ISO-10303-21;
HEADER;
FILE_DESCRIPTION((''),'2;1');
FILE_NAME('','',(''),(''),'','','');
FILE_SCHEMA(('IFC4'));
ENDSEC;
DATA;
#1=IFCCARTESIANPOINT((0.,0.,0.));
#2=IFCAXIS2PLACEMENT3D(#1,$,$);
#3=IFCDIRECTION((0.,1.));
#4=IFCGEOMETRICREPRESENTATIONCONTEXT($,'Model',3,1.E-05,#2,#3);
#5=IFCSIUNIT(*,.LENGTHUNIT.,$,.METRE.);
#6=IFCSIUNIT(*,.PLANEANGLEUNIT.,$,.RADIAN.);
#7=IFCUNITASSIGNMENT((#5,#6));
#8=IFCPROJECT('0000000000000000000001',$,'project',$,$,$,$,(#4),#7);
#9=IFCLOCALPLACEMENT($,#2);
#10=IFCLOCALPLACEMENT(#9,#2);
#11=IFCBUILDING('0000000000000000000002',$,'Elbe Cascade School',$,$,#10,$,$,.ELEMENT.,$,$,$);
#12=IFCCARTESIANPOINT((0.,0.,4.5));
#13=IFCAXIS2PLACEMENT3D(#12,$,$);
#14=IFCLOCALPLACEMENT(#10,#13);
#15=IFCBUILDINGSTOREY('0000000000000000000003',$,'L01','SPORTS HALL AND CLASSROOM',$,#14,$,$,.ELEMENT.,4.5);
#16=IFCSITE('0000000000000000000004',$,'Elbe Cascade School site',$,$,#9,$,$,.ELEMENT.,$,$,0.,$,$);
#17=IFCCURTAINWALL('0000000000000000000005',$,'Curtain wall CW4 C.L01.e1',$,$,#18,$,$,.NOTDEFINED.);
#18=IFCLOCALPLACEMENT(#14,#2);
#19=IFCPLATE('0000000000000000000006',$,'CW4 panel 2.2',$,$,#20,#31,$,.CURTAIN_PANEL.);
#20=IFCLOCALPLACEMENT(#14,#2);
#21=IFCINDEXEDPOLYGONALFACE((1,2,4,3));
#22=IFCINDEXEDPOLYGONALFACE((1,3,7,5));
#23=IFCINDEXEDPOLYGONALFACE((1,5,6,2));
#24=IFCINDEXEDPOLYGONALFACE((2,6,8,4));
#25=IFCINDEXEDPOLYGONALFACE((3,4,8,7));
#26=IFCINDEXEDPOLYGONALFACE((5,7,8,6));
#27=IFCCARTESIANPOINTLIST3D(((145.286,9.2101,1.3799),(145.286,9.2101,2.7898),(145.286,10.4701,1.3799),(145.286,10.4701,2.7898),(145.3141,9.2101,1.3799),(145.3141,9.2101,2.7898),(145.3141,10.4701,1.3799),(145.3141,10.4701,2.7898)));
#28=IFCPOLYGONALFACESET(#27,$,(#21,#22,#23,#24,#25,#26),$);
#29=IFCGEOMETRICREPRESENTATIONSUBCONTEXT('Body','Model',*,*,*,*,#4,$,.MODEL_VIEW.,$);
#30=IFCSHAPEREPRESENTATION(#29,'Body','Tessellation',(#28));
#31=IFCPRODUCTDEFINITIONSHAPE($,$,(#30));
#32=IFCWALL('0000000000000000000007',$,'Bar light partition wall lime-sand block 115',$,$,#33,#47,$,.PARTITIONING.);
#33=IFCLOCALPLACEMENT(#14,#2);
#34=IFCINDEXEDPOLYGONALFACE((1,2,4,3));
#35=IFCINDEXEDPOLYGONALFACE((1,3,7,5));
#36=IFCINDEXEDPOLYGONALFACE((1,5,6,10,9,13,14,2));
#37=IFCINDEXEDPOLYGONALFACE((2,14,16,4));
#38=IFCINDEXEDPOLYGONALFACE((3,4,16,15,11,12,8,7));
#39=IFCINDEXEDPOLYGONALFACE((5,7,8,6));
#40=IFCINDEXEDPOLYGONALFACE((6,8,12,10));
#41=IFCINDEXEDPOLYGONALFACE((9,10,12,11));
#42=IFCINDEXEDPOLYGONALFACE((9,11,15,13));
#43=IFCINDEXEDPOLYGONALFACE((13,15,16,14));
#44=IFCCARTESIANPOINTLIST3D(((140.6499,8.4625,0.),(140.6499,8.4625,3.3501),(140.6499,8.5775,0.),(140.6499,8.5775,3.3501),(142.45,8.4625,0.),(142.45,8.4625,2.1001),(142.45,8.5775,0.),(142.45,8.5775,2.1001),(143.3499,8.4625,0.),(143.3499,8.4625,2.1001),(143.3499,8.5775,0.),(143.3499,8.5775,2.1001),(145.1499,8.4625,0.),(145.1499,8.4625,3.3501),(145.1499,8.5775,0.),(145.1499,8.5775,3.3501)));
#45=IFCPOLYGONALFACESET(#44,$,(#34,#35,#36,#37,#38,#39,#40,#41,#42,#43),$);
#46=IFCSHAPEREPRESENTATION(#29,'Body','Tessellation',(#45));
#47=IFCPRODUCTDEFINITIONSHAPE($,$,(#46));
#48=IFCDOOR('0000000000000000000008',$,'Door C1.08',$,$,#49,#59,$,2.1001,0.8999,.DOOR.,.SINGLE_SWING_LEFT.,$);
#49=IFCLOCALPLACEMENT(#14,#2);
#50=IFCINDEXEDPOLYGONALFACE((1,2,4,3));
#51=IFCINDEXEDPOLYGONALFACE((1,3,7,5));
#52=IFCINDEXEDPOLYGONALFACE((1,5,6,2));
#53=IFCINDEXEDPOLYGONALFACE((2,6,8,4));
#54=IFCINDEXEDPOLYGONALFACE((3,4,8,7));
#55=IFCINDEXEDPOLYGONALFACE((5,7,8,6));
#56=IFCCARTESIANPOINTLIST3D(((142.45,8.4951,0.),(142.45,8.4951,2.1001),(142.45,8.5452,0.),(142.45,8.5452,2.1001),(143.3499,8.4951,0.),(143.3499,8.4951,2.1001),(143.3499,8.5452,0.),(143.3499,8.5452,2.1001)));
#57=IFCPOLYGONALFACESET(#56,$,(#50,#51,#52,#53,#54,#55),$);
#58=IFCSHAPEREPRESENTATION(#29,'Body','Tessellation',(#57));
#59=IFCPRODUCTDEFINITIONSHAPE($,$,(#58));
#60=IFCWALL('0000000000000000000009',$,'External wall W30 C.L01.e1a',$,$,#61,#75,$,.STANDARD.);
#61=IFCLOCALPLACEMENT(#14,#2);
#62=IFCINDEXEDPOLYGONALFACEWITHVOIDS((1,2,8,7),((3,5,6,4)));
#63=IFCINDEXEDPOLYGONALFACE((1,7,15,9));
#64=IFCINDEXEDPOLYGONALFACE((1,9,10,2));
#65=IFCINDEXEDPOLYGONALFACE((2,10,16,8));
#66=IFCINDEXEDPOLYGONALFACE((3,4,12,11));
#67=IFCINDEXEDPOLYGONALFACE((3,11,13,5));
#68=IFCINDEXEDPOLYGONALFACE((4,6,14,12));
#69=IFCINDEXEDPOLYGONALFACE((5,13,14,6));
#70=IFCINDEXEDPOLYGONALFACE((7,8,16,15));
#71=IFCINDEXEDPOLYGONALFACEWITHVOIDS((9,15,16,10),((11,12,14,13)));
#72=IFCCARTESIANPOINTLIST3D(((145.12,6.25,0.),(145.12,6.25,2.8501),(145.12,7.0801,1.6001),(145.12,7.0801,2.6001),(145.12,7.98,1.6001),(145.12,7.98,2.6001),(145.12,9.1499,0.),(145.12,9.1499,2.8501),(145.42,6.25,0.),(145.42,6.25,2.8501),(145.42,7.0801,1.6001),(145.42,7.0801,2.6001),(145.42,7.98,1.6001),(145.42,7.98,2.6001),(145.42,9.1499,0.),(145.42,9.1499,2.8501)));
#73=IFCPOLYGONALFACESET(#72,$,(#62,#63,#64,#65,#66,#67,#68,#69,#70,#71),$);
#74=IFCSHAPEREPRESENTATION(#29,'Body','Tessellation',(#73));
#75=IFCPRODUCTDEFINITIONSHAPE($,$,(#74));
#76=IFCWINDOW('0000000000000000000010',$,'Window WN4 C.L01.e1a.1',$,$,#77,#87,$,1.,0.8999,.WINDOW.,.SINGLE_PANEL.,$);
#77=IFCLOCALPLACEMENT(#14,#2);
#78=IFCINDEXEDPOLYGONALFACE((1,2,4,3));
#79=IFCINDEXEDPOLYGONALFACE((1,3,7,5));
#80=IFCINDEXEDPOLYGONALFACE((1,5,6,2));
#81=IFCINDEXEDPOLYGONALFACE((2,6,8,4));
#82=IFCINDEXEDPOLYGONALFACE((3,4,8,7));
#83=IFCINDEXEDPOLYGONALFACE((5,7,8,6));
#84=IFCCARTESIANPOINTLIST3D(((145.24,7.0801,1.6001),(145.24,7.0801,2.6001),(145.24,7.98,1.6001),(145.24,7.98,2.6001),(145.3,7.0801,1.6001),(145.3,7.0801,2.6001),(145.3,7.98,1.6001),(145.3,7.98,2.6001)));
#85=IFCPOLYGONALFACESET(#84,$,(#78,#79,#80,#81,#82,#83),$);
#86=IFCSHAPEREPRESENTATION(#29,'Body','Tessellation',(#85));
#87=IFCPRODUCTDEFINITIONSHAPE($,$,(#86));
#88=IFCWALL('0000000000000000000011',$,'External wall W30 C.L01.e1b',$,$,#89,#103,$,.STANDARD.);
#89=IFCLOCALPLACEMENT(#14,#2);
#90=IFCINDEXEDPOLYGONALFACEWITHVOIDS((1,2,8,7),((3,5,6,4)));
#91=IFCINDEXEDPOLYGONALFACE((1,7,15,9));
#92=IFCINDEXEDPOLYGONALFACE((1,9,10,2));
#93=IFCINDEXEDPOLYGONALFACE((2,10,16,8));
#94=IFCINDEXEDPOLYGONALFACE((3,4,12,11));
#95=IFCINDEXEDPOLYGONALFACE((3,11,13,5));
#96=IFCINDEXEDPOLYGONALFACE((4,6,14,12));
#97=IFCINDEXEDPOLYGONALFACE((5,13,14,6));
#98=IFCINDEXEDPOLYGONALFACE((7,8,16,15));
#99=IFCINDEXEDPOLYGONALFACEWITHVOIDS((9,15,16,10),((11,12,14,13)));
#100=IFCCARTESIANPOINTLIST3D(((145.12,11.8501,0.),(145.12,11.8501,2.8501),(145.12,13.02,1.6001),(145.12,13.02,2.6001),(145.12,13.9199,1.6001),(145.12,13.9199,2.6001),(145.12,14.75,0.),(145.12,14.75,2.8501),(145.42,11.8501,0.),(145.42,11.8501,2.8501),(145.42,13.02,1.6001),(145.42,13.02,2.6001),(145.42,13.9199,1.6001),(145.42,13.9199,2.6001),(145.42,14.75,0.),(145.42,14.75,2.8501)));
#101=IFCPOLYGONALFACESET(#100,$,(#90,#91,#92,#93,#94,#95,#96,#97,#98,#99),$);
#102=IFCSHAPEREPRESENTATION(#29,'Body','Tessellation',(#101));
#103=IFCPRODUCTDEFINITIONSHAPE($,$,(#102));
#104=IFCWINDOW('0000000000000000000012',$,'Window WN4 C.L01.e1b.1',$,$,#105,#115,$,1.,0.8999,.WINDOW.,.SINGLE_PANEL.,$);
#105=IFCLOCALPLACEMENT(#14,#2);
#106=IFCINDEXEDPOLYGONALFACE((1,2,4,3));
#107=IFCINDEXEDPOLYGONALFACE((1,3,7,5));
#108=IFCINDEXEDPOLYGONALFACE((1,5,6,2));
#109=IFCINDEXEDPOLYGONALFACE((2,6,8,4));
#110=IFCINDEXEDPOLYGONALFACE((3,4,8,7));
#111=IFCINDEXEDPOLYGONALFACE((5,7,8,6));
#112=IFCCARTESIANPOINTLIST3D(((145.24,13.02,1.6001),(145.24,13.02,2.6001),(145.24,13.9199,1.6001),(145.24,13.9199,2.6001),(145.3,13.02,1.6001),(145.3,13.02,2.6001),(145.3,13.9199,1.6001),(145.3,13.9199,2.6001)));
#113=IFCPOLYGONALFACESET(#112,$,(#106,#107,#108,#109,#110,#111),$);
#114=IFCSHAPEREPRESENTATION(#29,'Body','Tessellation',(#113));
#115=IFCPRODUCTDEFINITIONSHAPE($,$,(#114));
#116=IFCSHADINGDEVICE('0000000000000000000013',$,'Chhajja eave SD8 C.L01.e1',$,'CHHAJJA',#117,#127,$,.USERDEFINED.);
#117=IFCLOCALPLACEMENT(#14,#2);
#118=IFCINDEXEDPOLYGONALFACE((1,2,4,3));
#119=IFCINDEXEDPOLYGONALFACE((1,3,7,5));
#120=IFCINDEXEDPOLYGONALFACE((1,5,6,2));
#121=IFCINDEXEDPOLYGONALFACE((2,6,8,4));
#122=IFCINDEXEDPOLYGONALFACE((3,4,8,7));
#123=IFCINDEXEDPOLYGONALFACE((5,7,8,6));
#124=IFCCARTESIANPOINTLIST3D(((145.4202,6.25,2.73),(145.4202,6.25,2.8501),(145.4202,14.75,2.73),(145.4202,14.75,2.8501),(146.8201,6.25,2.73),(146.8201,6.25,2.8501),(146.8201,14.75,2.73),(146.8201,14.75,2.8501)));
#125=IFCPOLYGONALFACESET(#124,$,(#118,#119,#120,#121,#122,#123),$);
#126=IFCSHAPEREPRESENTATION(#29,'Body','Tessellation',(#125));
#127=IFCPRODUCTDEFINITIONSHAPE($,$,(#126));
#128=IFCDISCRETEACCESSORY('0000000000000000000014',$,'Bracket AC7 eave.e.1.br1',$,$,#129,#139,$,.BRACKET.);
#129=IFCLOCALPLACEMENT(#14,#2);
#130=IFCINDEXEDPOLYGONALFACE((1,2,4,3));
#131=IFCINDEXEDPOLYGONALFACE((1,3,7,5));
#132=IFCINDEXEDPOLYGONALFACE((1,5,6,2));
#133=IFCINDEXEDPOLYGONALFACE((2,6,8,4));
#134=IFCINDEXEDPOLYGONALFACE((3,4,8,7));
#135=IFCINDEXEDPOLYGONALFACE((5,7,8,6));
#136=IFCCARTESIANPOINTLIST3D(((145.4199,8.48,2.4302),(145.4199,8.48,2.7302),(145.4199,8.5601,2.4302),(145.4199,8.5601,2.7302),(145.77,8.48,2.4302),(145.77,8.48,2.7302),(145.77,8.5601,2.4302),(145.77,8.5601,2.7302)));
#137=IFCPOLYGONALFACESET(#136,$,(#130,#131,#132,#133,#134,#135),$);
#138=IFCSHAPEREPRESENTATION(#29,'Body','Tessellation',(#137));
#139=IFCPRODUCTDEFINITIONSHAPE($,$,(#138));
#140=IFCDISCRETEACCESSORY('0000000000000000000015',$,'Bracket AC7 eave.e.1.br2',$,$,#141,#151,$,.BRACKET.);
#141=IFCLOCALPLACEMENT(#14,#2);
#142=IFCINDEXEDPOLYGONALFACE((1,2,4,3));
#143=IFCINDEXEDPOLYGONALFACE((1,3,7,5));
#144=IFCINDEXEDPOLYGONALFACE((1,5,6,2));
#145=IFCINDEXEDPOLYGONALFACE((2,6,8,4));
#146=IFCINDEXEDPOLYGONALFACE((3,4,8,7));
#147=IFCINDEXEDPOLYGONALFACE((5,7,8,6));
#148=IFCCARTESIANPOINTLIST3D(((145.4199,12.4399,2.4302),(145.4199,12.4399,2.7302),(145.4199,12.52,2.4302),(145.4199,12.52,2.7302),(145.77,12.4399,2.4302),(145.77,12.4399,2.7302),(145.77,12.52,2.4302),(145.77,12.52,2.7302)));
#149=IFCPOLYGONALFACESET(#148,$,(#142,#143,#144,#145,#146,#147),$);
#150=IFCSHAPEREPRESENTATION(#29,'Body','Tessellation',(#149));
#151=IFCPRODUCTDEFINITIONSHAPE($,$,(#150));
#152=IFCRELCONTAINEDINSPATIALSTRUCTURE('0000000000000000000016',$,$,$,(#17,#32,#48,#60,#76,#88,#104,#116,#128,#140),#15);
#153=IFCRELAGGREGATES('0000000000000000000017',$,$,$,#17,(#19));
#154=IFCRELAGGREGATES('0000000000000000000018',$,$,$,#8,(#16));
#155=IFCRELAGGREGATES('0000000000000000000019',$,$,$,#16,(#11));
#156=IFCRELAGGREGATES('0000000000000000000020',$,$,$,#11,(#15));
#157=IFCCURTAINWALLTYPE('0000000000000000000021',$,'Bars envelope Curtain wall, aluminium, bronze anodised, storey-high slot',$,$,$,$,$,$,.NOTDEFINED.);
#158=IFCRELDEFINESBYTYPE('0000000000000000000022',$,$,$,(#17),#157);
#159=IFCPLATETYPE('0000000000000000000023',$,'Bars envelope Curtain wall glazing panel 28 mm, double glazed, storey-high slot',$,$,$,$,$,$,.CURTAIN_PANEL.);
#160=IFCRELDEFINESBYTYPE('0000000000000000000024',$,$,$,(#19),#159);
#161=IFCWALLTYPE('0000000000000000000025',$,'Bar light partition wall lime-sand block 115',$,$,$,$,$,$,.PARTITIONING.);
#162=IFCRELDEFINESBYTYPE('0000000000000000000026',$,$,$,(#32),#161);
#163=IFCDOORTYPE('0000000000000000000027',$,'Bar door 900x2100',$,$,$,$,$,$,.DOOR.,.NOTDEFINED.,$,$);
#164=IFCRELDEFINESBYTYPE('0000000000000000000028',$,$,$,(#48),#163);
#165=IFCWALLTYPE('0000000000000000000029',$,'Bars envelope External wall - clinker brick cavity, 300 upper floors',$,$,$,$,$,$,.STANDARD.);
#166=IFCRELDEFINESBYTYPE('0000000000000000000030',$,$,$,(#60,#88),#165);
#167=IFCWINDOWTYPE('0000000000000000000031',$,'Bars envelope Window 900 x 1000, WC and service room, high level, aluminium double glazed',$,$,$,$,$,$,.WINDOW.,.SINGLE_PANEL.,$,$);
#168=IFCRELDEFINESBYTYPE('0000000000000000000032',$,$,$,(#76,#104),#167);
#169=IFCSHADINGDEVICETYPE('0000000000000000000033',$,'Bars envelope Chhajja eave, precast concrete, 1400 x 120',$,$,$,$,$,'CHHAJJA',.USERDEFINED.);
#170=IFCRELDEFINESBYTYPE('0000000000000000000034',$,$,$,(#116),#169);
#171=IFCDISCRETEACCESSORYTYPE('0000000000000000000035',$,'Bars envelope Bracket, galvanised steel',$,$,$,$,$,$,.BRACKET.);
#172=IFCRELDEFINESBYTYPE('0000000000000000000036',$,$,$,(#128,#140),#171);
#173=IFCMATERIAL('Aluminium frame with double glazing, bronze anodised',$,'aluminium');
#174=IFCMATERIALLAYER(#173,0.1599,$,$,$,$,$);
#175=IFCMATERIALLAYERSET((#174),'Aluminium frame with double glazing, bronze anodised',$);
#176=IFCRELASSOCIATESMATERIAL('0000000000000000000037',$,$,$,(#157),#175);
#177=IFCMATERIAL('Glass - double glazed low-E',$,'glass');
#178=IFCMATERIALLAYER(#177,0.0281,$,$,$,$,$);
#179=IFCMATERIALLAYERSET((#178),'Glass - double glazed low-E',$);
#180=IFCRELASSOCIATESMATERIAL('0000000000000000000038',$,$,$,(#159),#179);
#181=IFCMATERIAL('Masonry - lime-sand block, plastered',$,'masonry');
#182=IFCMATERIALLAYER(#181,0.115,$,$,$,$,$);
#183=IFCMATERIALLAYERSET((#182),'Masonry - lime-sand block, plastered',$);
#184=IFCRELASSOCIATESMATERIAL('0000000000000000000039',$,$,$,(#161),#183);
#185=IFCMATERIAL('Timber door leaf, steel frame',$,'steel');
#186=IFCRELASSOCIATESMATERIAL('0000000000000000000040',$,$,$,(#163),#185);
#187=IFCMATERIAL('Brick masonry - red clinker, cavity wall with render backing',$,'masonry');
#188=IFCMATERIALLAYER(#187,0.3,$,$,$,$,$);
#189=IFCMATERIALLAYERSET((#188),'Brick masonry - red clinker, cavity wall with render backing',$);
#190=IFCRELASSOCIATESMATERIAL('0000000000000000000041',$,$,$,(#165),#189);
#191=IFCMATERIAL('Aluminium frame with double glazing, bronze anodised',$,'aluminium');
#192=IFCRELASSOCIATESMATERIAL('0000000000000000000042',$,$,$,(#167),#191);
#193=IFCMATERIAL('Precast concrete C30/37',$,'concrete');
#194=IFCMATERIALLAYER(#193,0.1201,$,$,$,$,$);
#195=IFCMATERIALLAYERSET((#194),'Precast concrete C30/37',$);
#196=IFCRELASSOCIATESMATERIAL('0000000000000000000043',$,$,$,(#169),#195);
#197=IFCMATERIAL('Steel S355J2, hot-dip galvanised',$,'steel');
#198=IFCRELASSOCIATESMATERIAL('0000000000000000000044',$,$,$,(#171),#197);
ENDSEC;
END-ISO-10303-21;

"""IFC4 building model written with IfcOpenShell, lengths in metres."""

from ifc_helpers import new_model, si_unit, direction, frame, frame_2d, origin, origin_2d, place, context, subcontext, project, spatial, rectangle, extrude, material, layer, layer_set, type_object, element, fill, aggregate, save


model = new_model("IFC4")

# Units and contexts
model_context = context("Model", 3, precision=1e-05, world=origin(), true_north=direction((0.0, 1.0)))
body_context = subcontext(model_context, "Body", "Model", "MODEL_VIEW")
ifc_project = project(units=[si_unit("LENGTHUNIT", "METRE"), si_unit("PLANEANGLEUNIT", "RADIAN")], contexts=[model_context])

# Site, building, storey
site_placement = place(None, origin())
site = spatial("IfcSite", under=ifc_project, at=site_placement, Name="Elbe Cascade School site", CompositionType="ELEMENT", RefElevation=0.0)
building_placement = place(site_placement, origin())
building = spatial("IfcBuilding", under=site, at=building_placement, Name="Elbe Cascade School", CompositionType="ELEMENT")
storey_placement = place(building_placement, frame((0.0, 0.0, 4.5)))
storey = spatial("IfcBuildingStorey", under=building, at=storey_placement, Name="L01", Description="SPORTS HALL AND CLASSROOM", CompositionType="ELEMENT", Elevation=4.5)

# Curtain wall
ifc_material_1 = material(Name="Aluminium frame with double glazing, bronze anodised", Category="aluminium")
ifc_layer_1 = layer(ifc_material_1, 0.1599)
ifc_layer_set_1 = layer_set([ifc_layer_1], Name="Aluminium frame with double glazing, bronze anodised")
curtain_wall_type = type_object("IfcCurtainWallType", Name="Bars envelope Curtain wall, aluminium, bronze anodised, storey-high slot", PredefinedType="NOTDEFINED", material=ifc_layer_set_1)
curtain_wall_placement = place(storey_placement, origin())
curtain_wall = element("IfcCurtainWall", 1, at=curtain_wall_placement, inside=storey, type_object=curtain_wall_type, Name="Curtain wall CW4 C.L01.e1", PredefinedType="NOTDEFINED")

# Plate
ifc_material_2 = material(Name="Glass - double glazed low-E", Category="glass")
ifc_layer_2 = layer(ifc_material_2, 0.0281)
ifc_layer_set_2 = layer_set([ifc_layer_2], Name="Glass - double glazed low-E")
plate_type = type_object("IfcPlateType", Name="Bars envelope Curtain wall glazing panel 28 mm, double glazed, storey-high slot", PredefinedType="CURTAIN_PANEL", material=ifc_layer_set_2)
plate_1_placement = place(storey_placement, frame((145.3, 9.8401, 1.3799), z_axis=(0.0, 0.0, 1.0), x_axis=(0.0, -1.0, 0.0)))
plate_1 = element("IfcPlate", 2, at=plate_1_placement, type_object=plate_type, Name="CW4 panel 2.2", PredefinedType="CURTAIN_PANEL", context=body_context, shape_type="SweptSolid", body=[
    extrude(rectangle(XDim=1.26, YDim=0.0281, at=origin_2d()), origin(), (0.0, 0.0, 1.0), 1.4099),
])
aggregate(curtain_wall, [plate_1])

# Wall, opening, door
ifc_material_3 = material(Name="Masonry - lime-sand block, plastered", Category="masonry")
ifc_layer_3 = layer(ifc_material_3, 0.115)
ifc_layer_set_3 = layer_set([ifc_layer_3], Name="Masonry - lime-sand block, plastered")
wall_type_1 = type_object("IfcWallType", Name="Bar light partition wall lime-sand block 115", PredefinedType="PARTITIONING", material=ifc_layer_set_3)
wall_1_placement = place(storey_placement, frame((145.1499, 8.52, 0.0), z_axis=(0.0, 0.0, 1.0), x_axis=(-1.0, 0.0, 0.0)))
wall_1 = element("IfcWall", 3, at=wall_1_placement, inside=storey, type_object=wall_type_1, Name="Bar light partition wall lime-sand block 115", PredefinedType="PARTITIONING", context=body_context, shape_type="SweptSolid", body=[
    extrude(rectangle(XDim=4.5, YDim=0.115, at=frame_2d((2.25, 0.0))), origin(), (0.0, 0.0, 1.0), 3.3501),
])
opening_1_placement = place(wall_1_placement, frame((1.8, 0.0, 0.0)))
opening_1 = element("IfcOpeningElement", 4, at=opening_1_placement, cuts=wall_1, PredefinedType="OPENING", context=body_context, shape_type="SweptSolid", body=[
    extrude(rectangle(XDim=0.8999, YDim=2.1001, at=frame_2d((0.45, 1.05))), frame((0.0, 0.0674, 0.0), z_axis=(0.0, -1.0, 0.0), x_axis=(1.0, 0.0, 0.0)), (0.0, 0.0, 1.0), 0.135),
])
ifc_material_4 = material(Name="Timber door leaf, steel frame", Category="steel")
door_type = type_object("IfcDoorType", Name="Bar door 900x2100", OperationType="NOTDEFINED", PredefinedType="DOOR", material=ifc_material_4)
door_placement = place(opening_1_placement, origin())
door = element("IfcDoor", 5, at=door_placement, inside=storey, type_object=door_type, Name="Door C1.08", OperationType="SINGLE_SWING_LEFT", OverallHeight=2.1001, OverallWidth=0.8999, PredefinedType="DOOR", context=body_context, shape_type="SweptSolid", body=[
    extrude(rectangle(XDim=0.8999, YDim=2.1001, at=frame_2d((0.45, 1.05))), frame((0.0, 0.0249, 0.0), z_axis=(0.0, -1.0, 0.0), x_axis=(1.0, 0.0, 0.0)), (0.0, 0.0, 1.0), 0.05),
])
fill(opening_1, door)

# Walls, openings, windows
ifc_material_5 = material(Name="Brick masonry - red clinker, cavity wall with render backing", Category="masonry")
ifc_layer_4 = layer(ifc_material_5, 0.3)
ifc_layer_set_4 = layer_set([ifc_layer_4], Name="Brick masonry - red clinker, cavity wall with render backing")
wall_type_2 = type_object("IfcWallType", Name="Bars envelope External wall - clinker brick cavity, 300 upper floors", PredefinedType="STANDARD", material=ifc_layer_set_4)
wall_2_placement = place(storey_placement, frame((145.27, 9.1499, 0.0), z_axis=(0.0, 0.0, 1.0), x_axis=(0.0, -1.0, 0.0)))
wall_2 = element("IfcWall", 6, at=wall_2_placement, inside=storey, type_object=wall_type_2, Name="External wall W30 C.L01.e1a", PredefinedType="STANDARD", context=body_context, shape_type="SweptSolid", body=[
    extrude(rectangle(XDim=2.8999, YDim=0.3, at=frame_2d((1.45, 0.0))), origin(), (0.0, 0.0, 1.0), 2.8501),
])
opening_2_placement = place(wall_2_placement, frame((1.1699, 0.0, 1.6001)))
opening_2 = element("IfcOpeningElement", 7, at=opening_2_placement, cuts=wall_2, PredefinedType="OPENING", context=body_context, shape_type="SweptSolid", body=[
    extrude(rectangle(XDim=0.8999, YDim=1.0, at=frame_2d((0.45, 0.5))), frame((0.0, 0.1599, 0.0), z_axis=(0.0, -1.0, 0.0), x_axis=(1.0, 0.0, 0.0)), (0.0, 0.0, 1.0), 0.3201),
])
ifc_material_6 = material(Name="Aluminium frame with double glazing, bronze anodised", Category="aluminium")
window_type = type_object("IfcWindowType", Name="Bars envelope Window 900 x 1000, WC and service room, high level, aluminium double glazed", PartitioningType="SINGLE_PANEL", PredefinedType="WINDOW", material=ifc_material_6)
window_1_placement = place(opening_2_placement, origin())
window_1 = element("IfcWindow", 8, at=window_1_placement, inside=storey, type_object=window_type, Name="Window WN4 C.L01.e1a.1", OverallHeight=1.0, OverallWidth=0.8999, PartitioningType="SINGLE_PANEL", PredefinedType="WINDOW", context=body_context, shape_type="SweptSolid", body=[
    extrude(rectangle(XDim=0.8999, YDim=1.0, at=frame_2d((0.45, 0.5))), frame((0.0, 0.03, 0.0), z_axis=(0.0, -1.0, 0.0), x_axis=(1.0, 0.0, 0.0)), (0.0, 0.0, 1.0), 0.0601),
])
fill(opening_2, window_1)
wall_3_placement = place(storey_placement, frame((145.27, 14.75, 0.0), z_axis=(0.0, 0.0, 1.0), x_axis=(0.0, -1.0, 0.0)))
wall_3 = element("IfcWall", 9, at=wall_3_placement, inside=storey, type_object=wall_type_2, Name="External wall W30 C.L01.e1b", PredefinedType="STANDARD", context=body_context, shape_type="SweptSolid", body=[
    extrude(rectangle(XDim=2.8999, YDim=0.3, at=frame_2d((1.45, 0.0))), origin(), (0.0, 0.0, 1.0), 2.8501),
])
opening_3_placement = place(wall_3_placement, frame((0.8301, 0.0, 1.6001)))
opening_3 = element("IfcOpeningElement", 10, at=opening_3_placement, cuts=wall_3, PredefinedType="OPENING", context=body_context, shape_type="SweptSolid", body=[
    extrude(rectangle(XDim=0.8999, YDim=1.0, at=frame_2d((0.45, 0.5))), frame((0.0, 0.1599, 0.0), z_axis=(0.0, -1.0, 0.0), x_axis=(1.0, 0.0, 0.0)), (0.0, 0.0, 1.0), 0.3201),
])
window_2_placement = place(opening_3_placement, origin())
window_2 = element("IfcWindow", 11, at=window_2_placement, inside=storey, type_object=window_type, Name="Window WN4 C.L01.e1b.1", OverallHeight=1.0, OverallWidth=0.8999, PartitioningType="SINGLE_PANEL", PredefinedType="WINDOW", context=body_context, shape_type="SweptSolid", body=[
    extrude(rectangle(XDim=0.8999, YDim=1.0, at=frame_2d((0.45, 0.5))), frame((0.0, 0.03, 0.0), z_axis=(0.0, -1.0, 0.0), x_axis=(1.0, 0.0, 0.0)), (0.0, 0.0, 1.0), 0.0601),
])
fill(opening_3, window_2)

# Shading device
ifc_material_7 = material(Name="Precast concrete C30/37", Category="concrete")
ifc_layer_5 = layer(ifc_material_7, 0.1201)
ifc_layer_set_5 = layer_set([ifc_layer_5], Name="Precast concrete C30/37")
shading_device_type = type_object("IfcShadingDeviceType", Name="Bars envelope Chhajja eave, precast concrete, 1400 x 120", ElementType="CHHAJJA", PredefinedType="USERDEFINED", material=ifc_layer_set_5)
shading_device_placement = place(storey_placement, frame((146.1201, 10.5, 2.73), z_axis=(0.0, 0.0, 1.0), x_axis=(0.0, 1.0, 0.0)))
element("IfcShadingDevice", 12, at=shading_device_placement, inside=storey, type_object=shading_device_type, Name="Chhajja eave SD8 C.L01.e1", ObjectType="CHHAJJA", PredefinedType="USERDEFINED", context=body_context, shape_type="SweptSolid", body=[
    extrude(rectangle(XDim=8.5, YDim=1.3999, at=origin_2d()), origin(), (0.0, 0.0, 1.0), 0.1201),
])

# Discrete accessories
ifc_material_8 = material(Name="Steel S355J2, hot-dip galvanised", Category="steel")
discrete_accessory_type = type_object("IfcDiscreteAccessoryType", Name="Bars envelope Bracket, galvanised steel", PredefinedType="BRACKET", material=ifc_material_8)
for number, where, z_axis, x_axis, name in (
    (13, (145.595, 8.52, 2.4302), (0.0, 0.0, 1.0), (0.0, 1.0, 0.0), "Bracket AC7 eave.e.1.br1"),
    (14, (145.595, 12.48, 2.4302), (0.0, 0.0, 1.0), (0.0, 1.0, 0.0), "Bracket AC7 eave.e.1.br2"),
):
    element("IfcDiscreteAccessory", number, at=place(storey_placement, frame(where, z_axis=z_axis, x_axis=x_axis)), inside=storey, type_object=discrete_accessory_type, Name=name, PredefinedType="BRACKET", context=body_context, shape_type="SweptSolid", body=[
        extrude(rectangle(XDim=0.0801, YDim=0.3501, at=origin_2d()), origin(), (0.0, 0.0, 1.0), 0.3),
    ])

save(model, "model.ifc")
